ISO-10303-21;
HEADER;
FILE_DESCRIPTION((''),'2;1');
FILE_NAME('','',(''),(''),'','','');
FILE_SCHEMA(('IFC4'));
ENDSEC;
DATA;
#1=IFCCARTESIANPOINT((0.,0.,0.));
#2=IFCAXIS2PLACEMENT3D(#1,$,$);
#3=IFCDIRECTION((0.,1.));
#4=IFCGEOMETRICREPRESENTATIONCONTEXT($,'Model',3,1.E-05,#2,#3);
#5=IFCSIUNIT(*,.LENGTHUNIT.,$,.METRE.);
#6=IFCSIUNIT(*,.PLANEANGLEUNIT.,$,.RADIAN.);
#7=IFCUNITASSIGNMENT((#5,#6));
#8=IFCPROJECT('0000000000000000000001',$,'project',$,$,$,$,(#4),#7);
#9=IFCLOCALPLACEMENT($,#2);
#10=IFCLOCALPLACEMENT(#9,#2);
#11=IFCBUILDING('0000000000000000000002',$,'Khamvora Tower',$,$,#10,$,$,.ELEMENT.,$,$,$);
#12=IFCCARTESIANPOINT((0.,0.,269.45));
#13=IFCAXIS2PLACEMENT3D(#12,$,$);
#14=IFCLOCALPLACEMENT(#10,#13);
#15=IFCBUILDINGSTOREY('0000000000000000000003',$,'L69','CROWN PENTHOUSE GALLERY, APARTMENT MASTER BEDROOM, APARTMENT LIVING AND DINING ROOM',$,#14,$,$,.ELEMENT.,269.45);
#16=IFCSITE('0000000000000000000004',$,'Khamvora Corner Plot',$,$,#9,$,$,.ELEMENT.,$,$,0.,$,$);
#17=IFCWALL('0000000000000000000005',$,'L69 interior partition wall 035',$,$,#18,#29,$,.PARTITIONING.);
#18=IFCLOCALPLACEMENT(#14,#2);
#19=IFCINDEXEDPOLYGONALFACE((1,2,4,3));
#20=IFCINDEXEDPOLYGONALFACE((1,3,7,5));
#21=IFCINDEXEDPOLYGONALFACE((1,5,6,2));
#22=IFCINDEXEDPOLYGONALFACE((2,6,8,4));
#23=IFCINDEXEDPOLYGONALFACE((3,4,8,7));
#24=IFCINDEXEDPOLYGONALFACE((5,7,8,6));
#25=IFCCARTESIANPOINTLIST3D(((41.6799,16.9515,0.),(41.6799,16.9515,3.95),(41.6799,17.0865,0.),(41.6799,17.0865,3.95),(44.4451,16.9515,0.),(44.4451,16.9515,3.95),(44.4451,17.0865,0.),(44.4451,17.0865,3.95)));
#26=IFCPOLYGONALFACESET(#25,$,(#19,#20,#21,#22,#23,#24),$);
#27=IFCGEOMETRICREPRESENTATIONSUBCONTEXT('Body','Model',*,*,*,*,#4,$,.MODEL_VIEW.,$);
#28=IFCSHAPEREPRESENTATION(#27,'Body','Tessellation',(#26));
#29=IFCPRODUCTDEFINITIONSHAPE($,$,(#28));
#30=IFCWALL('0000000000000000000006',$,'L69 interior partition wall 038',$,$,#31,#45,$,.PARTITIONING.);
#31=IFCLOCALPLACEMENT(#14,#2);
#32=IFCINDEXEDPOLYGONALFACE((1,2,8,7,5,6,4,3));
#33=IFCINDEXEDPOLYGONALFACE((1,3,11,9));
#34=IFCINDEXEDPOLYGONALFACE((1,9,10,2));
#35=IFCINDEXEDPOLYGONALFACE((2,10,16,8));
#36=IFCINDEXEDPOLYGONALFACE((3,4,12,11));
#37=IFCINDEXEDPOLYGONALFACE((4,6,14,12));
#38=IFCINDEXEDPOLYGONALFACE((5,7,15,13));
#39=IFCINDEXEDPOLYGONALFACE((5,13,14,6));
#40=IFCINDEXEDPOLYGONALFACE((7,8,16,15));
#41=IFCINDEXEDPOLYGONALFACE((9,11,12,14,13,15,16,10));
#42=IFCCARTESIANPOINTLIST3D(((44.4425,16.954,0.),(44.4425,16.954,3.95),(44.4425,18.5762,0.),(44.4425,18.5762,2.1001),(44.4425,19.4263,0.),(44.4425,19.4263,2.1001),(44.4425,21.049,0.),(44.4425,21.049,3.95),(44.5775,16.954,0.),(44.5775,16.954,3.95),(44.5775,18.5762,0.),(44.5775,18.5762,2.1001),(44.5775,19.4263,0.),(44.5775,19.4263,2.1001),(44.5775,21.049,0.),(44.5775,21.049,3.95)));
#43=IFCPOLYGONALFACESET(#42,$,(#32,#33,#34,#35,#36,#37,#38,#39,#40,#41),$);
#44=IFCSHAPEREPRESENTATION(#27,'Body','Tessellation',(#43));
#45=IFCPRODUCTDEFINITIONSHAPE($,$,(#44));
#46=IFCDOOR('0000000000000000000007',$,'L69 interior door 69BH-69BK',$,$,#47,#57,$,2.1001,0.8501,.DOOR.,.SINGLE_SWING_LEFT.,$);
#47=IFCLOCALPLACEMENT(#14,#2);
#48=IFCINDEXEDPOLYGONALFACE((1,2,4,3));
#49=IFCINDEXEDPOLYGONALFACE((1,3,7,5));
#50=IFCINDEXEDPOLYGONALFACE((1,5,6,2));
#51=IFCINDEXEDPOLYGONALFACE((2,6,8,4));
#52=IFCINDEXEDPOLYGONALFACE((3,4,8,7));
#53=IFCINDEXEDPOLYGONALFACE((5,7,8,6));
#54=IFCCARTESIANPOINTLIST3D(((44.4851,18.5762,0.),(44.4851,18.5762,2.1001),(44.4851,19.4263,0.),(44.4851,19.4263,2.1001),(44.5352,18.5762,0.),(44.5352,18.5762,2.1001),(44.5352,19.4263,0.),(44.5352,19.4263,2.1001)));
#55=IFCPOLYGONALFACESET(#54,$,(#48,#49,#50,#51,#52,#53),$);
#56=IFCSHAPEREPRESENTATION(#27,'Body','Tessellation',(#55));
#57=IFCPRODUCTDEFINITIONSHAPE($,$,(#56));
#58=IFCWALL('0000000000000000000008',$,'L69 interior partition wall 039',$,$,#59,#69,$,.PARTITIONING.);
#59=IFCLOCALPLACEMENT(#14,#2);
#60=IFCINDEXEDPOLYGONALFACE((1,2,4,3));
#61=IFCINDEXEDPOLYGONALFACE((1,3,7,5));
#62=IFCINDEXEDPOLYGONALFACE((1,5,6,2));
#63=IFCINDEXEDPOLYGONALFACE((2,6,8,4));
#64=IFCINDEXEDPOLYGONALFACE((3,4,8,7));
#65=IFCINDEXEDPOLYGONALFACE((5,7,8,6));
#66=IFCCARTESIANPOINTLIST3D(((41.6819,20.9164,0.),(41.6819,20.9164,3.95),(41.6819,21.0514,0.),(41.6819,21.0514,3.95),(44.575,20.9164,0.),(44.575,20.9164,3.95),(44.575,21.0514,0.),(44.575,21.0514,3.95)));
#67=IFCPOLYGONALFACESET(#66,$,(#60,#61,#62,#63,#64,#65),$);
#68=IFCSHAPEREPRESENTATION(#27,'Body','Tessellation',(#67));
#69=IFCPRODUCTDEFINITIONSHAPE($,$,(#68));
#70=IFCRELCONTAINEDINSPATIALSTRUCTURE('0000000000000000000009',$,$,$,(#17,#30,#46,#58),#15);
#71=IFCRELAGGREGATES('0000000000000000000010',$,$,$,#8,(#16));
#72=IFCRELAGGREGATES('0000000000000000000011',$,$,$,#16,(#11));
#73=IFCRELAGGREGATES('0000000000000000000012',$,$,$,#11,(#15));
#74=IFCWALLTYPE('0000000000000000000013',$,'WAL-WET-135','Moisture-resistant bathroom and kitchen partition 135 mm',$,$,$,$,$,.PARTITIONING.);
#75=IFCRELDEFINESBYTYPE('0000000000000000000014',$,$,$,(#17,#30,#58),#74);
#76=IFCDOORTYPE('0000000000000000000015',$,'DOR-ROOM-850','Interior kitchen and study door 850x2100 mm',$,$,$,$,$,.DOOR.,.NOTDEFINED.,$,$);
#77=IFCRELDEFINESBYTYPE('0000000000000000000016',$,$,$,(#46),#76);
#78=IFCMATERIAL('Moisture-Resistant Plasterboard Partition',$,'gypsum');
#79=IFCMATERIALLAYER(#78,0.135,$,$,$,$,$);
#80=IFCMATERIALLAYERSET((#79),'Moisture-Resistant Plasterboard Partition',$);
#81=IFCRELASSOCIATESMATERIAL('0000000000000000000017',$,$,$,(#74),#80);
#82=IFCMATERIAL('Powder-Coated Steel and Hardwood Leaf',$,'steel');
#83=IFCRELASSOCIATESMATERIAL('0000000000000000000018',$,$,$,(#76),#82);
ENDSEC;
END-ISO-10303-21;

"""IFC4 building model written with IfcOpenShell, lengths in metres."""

from ifc_helpers import new_model, si_unit, direction, frame, frame_2d, origin, place, context, subcontext, project, spatial, rectangle, extrude, material, layer, layer_set, type_object, element, fill, save


model = new_model("IFC4")

# Units and contexts
model_context = context("Model", 3, precision=1e-05, world=origin(), true_north=direction((0.0, 1.0)))
body_context = subcontext(model_context, "Body", "Model", "MODEL_VIEW")
ifc_project = project(units=[si_unit("LENGTHUNIT", "METRE"), si_unit("PLANEANGLEUNIT", "RADIAN")], contexts=[model_context])

# Site, building, storey
site_placement = place(None, origin())
site = spatial("IfcSite", under=ifc_project, at=site_placement, Name="Khamvora Corner Plot", CompositionType="ELEMENT", RefElevation=0.0)
building_placement = place(site_placement, origin())
building = spatial("IfcBuilding", under=site, at=building_placement, Name="Khamvora Tower", CompositionType="ELEMENT")
storey_placement = place(building_placement, frame((0.0, 0.0, 269.45)))
storey = spatial("IfcBuildingStorey", under=building, at=storey_placement, Name="L69", Description="CROWN PENTHOUSE GALLERY, APARTMENT MASTER BEDROOM, APARTMENT LIVING AND DINING ROOM", CompositionType="ELEMENT", Elevation=269.45)

# Shared definitions
ifc_material_1 = material(Name="Powder-Coated Steel and Hardwood Leaf", Category="steel")

# Wall
ifc_material_2 = material(Name="Moisture-Resistant Plasterboard Partition", Category="gypsum")
ifc_layer_1 = layer(ifc_material_2, 0.135)
ifc_layer_set_1 = layer_set([ifc_layer_1], Name="Moisture-Resistant Plasterboard Partition")
wall_type_1 = type_object("IfcWallType", Name="WAL-WET-135", Description="Moisture-resistant bathroom and kitchen partition 135 mm", PredefinedType="PARTITIONING", material=ifc_layer_set_1)
wall_1_placement = place(storey_placement, frame((41.6799, 17.019, 0.0), z_axis=(0.0, 0.0, 1.0), x_axis=(1.0, 0.0, 0.0)))
element("IfcWall", 1, at=wall_1_placement, inside=storey, type_object=wall_type_1, Name="L69 interior partition wall 035", PredefinedType="PARTITIONING", context=body_context, shape_type="SweptSolid", body=[
    extrude(rectangle(XDim=2.7651, YDim=0.135, at=frame_2d((1.3826, 0.0))), origin(), (0.0, 0.0, 1.0), 3.95),
])

# Wall, opening, door
wall_2_placement = place(storey_placement, frame((44.51, 16.9541, 0.0), z_axis=(0.0, 0.0, 1.0), x_axis=(0.0, 1.0, 0.0)))
wall_2 = element("IfcWall", 2, at=wall_2_placement, inside=storey, type_object=wall_type_1, Name="L69 interior partition wall 038", PredefinedType="PARTITIONING", context=body_context, shape_type="SweptSolid", body=[
    extrude(rectangle(XDim=4.095, YDim=0.135, at=frame_2d((2.0474, 0.0))), origin(), (0.0, 0.0, 1.0), 3.95),
])
opening_1_placement = place(wall_2_placement, frame((1.6221, 0.0, 0.0)))
opening_1 = element("IfcOpeningElement", 3, at=opening_1_placement, cuts=wall_2, PredefinedType="OPENING", context=body_context, shape_type="SweptSolid", body=[
    extrude(rectangle(XDim=0.8501, YDim=2.1001, at=frame_2d((0.425, 1.05))), frame((0.0, 0.0774, 0.0), z_axis=(0.0, -1.0, 0.0), x_axis=(1.0, 0.0, 0.0)), (0.0, 0.0, 1.0), 0.155),
])
door_type_1 = type_object("IfcDoorType", Name="DOR-ROOM-850", Description="Interior kitchen and study door 850x2100 mm", OperationType="NOTDEFINED", PredefinedType="DOOR", material=ifc_material_1)
door_1_placement = place(opening_1_placement, origin())
door_1 = element("IfcDoor", 4, at=door_1_placement, inside=storey, type_object=door_type_1, Name="L69 interior door 69BH-69BK", OperationType="SINGLE_SWING_LEFT", OverallHeight=2.1001, OverallWidth=0.8501, PredefinedType="DOOR", context=body_context, shape_type="SweptSolid", body=[
    extrude(rectangle(XDim=0.8501, YDim=2.1001, at=frame_2d((0.425, 1.05))), frame((0.0, 0.0249, 0.0), z_axis=(0.0, -1.0, 0.0), x_axis=(1.0, 0.0, 0.0)), (0.0, 0.0, 1.0), 0.05),
])
fill(opening_1, door_1)

# Wall
wall_3_placement = place(storey_placement, frame((44.575, 20.9839, 0.0), z_axis=(0.0, 0.0, 1.0), x_axis=(-1.0, 0.0, 0.0)))
element("IfcWall", 5, at=wall_3_placement, inside=storey, type_object=wall_type_1, Name="L69 interior partition wall 039", PredefinedType="PARTITIONING", context=body_context, shape_type="SweptSolid", body=[
    extrude(rectangle(XDim=2.8931, YDim=0.135, at=frame_2d((1.4465, 0.0))), origin(), (0.0, 0.0, 1.0), 3.95),
])

save(model, "model.ifc")
